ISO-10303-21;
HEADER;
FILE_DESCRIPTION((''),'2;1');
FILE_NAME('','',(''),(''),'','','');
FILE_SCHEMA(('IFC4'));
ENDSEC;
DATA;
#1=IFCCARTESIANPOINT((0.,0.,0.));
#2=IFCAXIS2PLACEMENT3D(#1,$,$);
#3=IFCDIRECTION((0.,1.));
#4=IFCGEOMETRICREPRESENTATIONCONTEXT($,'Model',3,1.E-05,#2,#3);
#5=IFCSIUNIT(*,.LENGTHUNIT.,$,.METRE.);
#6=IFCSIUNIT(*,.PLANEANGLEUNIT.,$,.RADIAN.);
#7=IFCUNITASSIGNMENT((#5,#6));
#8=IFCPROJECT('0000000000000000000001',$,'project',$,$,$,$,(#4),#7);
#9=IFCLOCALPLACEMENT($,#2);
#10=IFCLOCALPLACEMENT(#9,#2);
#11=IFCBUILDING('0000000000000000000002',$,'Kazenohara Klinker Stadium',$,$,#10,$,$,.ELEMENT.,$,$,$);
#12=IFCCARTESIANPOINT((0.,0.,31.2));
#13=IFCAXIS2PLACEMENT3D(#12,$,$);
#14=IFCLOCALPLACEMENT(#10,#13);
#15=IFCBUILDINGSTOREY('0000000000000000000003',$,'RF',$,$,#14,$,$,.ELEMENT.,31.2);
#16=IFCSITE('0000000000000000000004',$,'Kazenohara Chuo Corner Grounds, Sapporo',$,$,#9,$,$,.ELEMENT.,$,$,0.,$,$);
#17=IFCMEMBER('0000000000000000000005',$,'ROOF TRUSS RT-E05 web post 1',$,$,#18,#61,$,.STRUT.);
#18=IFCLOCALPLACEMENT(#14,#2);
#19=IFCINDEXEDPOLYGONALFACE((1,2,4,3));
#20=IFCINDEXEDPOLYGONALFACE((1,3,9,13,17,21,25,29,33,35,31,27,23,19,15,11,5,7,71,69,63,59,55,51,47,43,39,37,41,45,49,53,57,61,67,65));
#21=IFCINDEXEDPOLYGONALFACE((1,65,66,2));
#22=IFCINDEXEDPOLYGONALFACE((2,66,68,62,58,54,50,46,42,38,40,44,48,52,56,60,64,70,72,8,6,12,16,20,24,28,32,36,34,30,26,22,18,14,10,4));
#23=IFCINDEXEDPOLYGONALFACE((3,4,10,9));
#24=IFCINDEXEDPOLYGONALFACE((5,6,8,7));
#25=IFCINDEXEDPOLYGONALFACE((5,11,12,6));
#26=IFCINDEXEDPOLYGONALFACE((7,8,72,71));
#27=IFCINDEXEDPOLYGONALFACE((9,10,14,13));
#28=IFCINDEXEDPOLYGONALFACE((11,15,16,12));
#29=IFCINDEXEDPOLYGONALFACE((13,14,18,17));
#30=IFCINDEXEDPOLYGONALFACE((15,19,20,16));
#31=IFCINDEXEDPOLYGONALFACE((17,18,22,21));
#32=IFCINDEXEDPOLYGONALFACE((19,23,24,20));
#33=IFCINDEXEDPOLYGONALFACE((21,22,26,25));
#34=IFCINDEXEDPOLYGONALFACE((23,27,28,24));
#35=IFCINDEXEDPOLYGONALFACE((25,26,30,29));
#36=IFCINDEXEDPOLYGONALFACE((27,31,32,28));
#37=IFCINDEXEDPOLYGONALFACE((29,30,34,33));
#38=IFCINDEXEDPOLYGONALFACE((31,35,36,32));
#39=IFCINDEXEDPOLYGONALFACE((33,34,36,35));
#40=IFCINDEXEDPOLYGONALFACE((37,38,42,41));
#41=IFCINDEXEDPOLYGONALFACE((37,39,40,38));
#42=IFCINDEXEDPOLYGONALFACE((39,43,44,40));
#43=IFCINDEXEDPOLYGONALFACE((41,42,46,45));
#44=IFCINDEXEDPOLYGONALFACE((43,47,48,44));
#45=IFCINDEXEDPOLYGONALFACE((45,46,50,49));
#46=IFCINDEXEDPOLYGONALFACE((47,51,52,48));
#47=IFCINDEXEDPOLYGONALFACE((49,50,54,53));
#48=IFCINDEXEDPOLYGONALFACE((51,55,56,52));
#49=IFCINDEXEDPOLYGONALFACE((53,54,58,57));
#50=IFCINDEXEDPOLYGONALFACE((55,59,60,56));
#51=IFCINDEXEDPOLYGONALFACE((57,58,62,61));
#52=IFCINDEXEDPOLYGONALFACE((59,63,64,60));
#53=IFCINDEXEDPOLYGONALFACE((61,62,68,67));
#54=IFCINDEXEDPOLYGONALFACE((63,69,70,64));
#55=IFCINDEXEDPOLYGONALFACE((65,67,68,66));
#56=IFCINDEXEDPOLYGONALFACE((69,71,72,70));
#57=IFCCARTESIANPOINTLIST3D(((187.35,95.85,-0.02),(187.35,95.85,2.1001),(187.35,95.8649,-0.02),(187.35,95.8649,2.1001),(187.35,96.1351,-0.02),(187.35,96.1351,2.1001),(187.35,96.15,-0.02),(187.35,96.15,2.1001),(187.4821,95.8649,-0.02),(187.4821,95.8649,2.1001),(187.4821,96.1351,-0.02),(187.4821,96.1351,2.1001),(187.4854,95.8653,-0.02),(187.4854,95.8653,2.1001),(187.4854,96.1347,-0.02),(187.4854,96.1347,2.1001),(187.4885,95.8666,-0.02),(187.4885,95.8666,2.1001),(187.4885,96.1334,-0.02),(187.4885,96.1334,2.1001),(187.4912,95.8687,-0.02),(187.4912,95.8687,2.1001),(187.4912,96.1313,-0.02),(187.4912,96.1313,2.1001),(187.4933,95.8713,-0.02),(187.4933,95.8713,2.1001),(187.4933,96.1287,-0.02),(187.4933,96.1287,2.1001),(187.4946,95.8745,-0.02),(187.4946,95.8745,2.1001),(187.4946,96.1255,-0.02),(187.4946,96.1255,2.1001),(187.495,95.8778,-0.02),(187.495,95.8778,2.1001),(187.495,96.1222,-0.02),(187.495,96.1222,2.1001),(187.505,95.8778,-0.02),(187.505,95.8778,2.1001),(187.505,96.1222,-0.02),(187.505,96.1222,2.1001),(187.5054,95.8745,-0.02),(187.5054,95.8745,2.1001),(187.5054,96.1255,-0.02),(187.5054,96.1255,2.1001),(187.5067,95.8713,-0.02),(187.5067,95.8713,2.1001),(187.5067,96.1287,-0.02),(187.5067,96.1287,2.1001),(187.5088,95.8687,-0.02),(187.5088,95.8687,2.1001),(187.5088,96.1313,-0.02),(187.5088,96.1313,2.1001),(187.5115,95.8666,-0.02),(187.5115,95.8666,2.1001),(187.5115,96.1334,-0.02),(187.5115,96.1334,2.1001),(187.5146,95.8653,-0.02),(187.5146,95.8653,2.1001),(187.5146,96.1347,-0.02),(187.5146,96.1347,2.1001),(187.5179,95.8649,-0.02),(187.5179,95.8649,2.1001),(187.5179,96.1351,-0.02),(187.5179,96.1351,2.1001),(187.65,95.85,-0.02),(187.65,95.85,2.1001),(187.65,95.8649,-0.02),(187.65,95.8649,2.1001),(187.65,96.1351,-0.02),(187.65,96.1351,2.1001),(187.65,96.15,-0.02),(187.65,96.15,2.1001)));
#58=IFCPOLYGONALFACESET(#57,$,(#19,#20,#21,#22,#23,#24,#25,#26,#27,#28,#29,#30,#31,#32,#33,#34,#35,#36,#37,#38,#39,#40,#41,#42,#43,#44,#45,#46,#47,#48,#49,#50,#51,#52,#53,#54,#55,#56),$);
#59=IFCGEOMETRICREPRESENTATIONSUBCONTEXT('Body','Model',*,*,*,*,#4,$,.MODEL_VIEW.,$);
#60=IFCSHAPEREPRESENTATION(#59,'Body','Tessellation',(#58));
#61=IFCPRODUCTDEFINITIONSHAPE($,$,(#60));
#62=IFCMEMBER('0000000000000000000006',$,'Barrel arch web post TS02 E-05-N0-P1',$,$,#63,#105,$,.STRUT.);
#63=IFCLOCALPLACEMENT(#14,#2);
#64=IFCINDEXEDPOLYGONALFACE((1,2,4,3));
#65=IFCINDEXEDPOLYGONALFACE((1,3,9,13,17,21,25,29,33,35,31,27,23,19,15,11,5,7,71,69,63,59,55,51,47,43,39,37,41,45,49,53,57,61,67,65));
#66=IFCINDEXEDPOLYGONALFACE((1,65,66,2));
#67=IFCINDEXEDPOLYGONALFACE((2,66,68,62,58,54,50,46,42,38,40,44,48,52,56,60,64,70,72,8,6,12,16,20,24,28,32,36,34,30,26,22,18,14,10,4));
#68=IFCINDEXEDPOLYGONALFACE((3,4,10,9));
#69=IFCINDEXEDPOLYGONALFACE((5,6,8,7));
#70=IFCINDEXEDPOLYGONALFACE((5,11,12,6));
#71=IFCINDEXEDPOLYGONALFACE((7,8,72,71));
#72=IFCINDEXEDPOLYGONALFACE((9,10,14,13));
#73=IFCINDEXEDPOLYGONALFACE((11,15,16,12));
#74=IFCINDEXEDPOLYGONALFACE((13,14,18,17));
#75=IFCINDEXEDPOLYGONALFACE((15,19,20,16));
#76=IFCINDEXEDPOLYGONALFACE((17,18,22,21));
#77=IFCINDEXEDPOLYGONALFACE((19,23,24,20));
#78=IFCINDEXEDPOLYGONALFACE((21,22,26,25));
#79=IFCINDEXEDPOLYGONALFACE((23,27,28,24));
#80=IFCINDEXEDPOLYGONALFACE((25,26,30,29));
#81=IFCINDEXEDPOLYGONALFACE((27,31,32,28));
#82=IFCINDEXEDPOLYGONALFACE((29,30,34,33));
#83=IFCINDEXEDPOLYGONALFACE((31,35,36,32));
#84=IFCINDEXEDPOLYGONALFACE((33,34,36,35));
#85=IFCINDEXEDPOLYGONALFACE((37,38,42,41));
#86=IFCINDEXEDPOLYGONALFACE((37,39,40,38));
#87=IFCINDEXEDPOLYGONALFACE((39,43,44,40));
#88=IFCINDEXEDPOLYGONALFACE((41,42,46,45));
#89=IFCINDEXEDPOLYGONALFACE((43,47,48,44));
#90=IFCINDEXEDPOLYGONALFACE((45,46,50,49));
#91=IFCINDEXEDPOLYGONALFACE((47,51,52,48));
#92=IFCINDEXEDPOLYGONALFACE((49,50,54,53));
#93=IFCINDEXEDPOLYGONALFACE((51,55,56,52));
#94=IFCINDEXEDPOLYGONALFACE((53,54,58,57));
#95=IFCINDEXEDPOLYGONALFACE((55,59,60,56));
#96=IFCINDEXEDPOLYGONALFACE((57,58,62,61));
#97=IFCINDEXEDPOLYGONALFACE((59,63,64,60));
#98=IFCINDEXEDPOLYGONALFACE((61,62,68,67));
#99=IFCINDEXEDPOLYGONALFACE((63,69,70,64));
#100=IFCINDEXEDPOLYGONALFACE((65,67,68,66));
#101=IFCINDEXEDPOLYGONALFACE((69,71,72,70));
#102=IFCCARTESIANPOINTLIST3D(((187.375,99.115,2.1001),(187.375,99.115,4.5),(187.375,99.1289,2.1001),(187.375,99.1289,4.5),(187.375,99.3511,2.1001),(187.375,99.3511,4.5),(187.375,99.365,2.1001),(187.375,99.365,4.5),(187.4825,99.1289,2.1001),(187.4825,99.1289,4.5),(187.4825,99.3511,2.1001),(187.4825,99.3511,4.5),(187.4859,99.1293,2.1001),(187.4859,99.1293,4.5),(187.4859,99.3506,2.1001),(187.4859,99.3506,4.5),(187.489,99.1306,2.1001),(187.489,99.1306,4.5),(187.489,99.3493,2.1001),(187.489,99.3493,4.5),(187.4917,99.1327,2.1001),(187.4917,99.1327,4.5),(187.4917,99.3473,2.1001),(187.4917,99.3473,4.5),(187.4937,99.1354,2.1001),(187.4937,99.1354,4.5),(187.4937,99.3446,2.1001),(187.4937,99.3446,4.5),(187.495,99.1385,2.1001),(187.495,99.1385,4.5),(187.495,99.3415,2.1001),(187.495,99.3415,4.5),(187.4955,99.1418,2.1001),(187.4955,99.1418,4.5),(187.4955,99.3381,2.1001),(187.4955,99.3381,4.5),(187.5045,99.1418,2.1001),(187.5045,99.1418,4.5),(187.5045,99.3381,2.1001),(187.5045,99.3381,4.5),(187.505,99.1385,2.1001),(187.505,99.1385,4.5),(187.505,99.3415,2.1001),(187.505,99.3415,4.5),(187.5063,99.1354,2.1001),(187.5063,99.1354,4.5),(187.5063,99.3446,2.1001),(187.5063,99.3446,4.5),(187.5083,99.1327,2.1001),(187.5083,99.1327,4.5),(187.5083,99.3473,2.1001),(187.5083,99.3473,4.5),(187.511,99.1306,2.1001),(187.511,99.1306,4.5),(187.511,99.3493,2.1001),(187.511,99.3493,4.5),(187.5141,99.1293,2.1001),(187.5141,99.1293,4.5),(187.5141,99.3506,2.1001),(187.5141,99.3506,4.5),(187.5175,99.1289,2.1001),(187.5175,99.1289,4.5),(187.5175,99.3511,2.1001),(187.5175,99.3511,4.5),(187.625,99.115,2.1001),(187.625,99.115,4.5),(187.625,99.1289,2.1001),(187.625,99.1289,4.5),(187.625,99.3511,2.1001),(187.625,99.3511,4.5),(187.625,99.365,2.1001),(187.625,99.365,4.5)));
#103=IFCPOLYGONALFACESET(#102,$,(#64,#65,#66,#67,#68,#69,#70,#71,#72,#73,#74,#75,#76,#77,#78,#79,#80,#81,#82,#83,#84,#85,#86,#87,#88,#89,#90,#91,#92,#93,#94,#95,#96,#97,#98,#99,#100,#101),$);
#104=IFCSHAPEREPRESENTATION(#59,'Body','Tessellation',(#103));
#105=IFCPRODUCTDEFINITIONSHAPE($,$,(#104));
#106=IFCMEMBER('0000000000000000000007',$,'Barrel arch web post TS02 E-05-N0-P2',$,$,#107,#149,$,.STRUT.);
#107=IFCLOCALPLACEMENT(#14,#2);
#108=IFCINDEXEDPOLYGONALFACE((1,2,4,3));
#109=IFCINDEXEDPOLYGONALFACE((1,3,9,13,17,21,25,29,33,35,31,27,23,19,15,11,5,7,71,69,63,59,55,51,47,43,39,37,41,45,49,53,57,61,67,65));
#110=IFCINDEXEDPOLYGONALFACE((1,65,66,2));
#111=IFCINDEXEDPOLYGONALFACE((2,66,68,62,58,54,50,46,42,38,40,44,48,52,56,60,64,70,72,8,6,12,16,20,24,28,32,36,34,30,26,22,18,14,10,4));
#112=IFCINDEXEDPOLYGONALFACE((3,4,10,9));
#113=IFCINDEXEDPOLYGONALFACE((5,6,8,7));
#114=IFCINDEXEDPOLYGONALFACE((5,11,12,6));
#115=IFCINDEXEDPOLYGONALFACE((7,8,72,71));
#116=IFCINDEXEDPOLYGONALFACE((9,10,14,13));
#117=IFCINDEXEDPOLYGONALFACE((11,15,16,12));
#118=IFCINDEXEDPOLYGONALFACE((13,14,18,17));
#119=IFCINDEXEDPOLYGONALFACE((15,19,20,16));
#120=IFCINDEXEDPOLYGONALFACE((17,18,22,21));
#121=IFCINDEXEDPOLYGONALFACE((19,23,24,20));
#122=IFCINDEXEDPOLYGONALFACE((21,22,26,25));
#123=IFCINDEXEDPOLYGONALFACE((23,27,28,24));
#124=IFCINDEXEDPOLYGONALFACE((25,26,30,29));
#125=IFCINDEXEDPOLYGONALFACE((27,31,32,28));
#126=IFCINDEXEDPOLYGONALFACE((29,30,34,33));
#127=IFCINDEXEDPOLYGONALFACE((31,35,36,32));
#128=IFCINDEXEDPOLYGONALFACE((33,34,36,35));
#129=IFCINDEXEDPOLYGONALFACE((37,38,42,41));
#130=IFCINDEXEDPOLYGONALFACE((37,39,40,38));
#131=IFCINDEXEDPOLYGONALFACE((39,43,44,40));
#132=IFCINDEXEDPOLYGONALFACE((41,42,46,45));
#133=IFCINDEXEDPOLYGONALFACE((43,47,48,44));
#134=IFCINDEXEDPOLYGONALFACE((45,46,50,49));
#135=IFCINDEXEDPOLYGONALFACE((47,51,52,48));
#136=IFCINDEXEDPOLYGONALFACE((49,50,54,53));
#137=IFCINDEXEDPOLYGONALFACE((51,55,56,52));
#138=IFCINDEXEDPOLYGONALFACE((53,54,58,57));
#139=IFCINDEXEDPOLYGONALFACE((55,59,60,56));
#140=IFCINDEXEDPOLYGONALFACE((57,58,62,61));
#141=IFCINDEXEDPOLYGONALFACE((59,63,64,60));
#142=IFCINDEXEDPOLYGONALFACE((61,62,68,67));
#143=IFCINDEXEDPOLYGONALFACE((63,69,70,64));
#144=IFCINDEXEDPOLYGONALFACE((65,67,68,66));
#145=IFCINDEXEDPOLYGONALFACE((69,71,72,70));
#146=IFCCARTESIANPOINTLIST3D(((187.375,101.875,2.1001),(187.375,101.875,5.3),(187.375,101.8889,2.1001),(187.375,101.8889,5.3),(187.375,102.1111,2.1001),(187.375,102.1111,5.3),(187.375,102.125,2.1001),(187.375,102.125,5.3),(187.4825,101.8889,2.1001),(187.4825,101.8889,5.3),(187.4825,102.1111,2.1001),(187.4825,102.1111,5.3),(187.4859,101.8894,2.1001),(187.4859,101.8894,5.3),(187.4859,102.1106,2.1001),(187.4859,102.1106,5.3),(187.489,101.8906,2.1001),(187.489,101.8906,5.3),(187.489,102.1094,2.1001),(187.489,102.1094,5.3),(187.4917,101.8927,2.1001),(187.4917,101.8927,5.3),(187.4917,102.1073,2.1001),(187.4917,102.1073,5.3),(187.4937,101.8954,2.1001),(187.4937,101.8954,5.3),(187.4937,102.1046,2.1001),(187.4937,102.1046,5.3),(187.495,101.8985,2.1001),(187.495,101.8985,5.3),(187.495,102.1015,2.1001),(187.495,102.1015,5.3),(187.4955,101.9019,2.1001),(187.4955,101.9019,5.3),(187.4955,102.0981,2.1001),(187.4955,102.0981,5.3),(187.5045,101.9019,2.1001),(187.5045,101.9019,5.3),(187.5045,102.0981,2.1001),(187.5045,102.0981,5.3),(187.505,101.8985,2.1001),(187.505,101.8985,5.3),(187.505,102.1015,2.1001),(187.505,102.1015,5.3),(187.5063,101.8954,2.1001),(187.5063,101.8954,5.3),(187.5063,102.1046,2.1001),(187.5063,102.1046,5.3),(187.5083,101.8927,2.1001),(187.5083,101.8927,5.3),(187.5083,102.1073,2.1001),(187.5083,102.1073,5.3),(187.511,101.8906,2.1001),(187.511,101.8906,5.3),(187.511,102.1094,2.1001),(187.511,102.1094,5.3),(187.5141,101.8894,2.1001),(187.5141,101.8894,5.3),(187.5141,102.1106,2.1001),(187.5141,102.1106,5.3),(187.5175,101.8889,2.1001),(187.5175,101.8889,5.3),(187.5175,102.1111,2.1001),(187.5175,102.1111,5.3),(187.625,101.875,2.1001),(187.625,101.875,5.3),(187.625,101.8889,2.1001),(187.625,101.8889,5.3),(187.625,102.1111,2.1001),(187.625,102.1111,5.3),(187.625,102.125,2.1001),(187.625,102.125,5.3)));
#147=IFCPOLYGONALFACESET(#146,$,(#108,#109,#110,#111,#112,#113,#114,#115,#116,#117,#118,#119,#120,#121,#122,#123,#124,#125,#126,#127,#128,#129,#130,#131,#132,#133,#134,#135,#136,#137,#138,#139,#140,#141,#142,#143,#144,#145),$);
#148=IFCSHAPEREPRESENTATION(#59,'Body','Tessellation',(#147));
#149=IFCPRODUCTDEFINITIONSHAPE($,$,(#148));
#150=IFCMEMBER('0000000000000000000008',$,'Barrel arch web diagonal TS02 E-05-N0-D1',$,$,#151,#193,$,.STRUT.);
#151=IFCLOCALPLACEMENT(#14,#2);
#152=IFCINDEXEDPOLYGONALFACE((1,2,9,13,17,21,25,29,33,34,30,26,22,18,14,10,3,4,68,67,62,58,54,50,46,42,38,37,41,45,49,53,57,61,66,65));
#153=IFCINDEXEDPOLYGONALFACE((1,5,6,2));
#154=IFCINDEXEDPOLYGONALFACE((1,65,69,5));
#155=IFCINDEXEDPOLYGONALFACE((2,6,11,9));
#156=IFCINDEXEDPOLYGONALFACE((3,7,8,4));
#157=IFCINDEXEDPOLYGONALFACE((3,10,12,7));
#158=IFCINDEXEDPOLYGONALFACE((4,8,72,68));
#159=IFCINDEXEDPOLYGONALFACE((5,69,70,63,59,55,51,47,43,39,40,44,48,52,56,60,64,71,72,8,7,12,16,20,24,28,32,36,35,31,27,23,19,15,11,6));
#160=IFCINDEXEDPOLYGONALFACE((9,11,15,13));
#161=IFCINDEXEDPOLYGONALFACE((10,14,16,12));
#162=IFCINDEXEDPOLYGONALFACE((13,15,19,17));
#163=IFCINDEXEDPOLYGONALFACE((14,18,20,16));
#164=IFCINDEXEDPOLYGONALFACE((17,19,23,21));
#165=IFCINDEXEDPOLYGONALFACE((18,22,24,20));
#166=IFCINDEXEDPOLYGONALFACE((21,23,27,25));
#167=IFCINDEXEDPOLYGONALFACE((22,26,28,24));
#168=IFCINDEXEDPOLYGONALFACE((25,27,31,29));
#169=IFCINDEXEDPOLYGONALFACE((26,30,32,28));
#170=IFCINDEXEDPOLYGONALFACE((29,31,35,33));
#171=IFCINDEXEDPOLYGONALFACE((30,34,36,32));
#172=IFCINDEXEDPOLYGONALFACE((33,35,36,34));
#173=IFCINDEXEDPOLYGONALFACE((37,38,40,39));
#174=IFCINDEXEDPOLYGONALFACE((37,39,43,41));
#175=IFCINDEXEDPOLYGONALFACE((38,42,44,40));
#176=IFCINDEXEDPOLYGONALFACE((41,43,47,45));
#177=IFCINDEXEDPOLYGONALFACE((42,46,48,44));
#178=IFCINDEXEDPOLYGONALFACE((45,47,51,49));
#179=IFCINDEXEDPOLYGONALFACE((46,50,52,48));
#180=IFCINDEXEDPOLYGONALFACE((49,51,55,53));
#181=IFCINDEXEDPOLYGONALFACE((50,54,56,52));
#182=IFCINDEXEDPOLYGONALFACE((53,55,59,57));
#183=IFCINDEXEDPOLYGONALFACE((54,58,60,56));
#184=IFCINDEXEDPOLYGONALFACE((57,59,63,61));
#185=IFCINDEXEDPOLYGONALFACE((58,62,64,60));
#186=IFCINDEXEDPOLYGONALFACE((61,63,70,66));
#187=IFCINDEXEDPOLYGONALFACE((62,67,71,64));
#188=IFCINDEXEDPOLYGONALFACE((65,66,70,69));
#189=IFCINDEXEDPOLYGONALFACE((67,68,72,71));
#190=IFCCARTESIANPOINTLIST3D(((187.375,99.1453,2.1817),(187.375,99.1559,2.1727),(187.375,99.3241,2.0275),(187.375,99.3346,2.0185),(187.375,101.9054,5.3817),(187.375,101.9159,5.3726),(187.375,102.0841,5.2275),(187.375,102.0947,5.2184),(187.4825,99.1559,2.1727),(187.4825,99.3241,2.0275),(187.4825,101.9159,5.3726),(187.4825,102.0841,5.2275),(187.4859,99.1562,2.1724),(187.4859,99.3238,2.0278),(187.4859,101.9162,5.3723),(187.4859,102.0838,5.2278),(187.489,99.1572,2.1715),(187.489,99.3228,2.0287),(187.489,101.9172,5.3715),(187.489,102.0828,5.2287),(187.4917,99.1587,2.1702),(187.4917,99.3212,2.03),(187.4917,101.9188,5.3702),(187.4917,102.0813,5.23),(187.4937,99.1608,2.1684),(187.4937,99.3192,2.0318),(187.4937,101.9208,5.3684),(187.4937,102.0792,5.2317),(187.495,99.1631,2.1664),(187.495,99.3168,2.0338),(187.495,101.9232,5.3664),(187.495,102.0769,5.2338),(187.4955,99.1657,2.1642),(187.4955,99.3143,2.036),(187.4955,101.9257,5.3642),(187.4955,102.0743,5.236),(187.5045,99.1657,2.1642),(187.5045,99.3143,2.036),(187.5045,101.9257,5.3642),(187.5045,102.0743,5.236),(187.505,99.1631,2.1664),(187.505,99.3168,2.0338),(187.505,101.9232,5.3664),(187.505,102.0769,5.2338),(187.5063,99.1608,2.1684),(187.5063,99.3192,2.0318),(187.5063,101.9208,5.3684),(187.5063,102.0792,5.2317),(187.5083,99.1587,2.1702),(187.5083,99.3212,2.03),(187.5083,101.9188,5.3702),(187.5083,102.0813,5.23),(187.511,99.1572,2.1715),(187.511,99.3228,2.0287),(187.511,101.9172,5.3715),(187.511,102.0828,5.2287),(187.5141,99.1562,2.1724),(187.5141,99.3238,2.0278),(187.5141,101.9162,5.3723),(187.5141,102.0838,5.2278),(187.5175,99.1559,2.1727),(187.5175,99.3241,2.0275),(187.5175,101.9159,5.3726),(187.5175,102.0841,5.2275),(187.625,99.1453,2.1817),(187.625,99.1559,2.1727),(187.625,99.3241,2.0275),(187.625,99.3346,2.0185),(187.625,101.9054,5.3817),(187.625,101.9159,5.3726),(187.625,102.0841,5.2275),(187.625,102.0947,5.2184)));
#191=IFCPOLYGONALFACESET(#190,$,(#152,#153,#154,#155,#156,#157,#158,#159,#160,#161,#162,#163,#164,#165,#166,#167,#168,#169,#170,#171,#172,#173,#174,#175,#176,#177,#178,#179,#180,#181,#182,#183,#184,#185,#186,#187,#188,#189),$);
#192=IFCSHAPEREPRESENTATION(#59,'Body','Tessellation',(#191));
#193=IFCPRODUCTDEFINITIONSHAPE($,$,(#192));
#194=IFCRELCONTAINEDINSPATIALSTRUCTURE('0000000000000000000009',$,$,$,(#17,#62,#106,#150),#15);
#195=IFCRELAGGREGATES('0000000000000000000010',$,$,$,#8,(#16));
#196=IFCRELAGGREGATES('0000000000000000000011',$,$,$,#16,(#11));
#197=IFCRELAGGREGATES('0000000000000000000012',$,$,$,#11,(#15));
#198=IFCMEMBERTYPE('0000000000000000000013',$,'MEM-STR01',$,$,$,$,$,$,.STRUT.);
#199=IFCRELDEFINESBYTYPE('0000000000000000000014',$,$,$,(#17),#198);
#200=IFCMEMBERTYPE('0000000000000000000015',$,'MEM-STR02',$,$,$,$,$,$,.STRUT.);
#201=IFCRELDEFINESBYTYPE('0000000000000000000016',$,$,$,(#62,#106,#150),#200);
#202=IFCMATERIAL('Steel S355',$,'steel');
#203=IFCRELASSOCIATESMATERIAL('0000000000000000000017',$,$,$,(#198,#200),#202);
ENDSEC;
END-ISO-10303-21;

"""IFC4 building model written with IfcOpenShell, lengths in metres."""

from ifc_helpers import new_model, si_unit, direction, frame, origin, origin_2d, place, context, subcontext, project, spatial, i_section, extrude, material, material_profile, profile_set, type_object, element, save


model = new_model("IFC4")

# Units and contexts
model_context = context("Model", 3, precision=1e-05, world=origin(), true_north=direction((0.0, 1.0)))
body_context = subcontext(model_context, "Body", "Model", "MODEL_VIEW")
ifc_project = project(units=[si_unit("LENGTHUNIT", "METRE"), si_unit("PLANEANGLEUNIT", "RADIAN")], contexts=[model_context])

# Site, building, storey
site_placement = place(None, origin())
site = spatial("IfcSite", under=ifc_project, at=site_placement, Name="Kazenohara Chuo Corner Grounds, Sapporo", CompositionType="ELEMENT", RefElevation=0.0)
building_placement = place(site_placement, origin())
building = spatial("IfcBuilding", under=site, at=building_placement, Name="Kazenohara Klinker Stadium", CompositionType="ELEMENT")
storey_placement = place(building_placement, frame((0.0, 0.0, 31.2)))
storey = spatial("IfcBuildingStorey", under=building, at=storey_placement, Name="RF", CompositionType="ELEMENT", Elevation=31.2)

# Members
ifc_material_1 = material(Name="Steel S355", Category="steel")
ifc_material_profile_1 = material_profile(ifc_material_1, i_section(OverallWidth=0.3, OverallDepth=0.3, WebThickness=0.01, FlangeThickness=0.0149, FilletRadius=0.0129, at=origin_2d()), Name="H-300x300x10x15")
ifc_profile_set_1 = profile_set([ifc_material_profile_1], Name="Steel S355")
member_type_1 = type_object("IfcMemberType", Name="MEM-STR01", PredefinedType="STRUT", material=ifc_profile_set_1)
member_1_placement = place(storey_placement, frame((187.5, 96.0, -0.02), z_axis=(0.0, 0.0, 1.0), x_axis=(1.0, 0.0, 0.0)))
element("IfcMember", 1, at=member_1_placement, inside=storey, type_object=member_type_1, Name="ROOF TRUSS RT-E05 web post 1", PredefinedType="STRUT", context=body_context, shape_type="SweptSolid", body=[
    extrude(i_section(OverallWidth=0.3, OverallDepth=0.3, WebThickness=0.01, FlangeThickness=0.0149, FilletRadius=0.0129, at=origin_2d()), origin(), (0.0, 0.0, 1.0), 2.1201),
])
ifc_material_profile_2 = material_profile(ifc_material_1, i_section(OverallWidth=0.25, OverallDepth=0.25, WebThickness=0.009, FlangeThickness=0.0139, FilletRadius=0.0129, at=origin_2d()), Name="H-250x250x9x14")
ifc_profile_set_2 = profile_set([ifc_material_profile_2], Name="Steel S355")
member_type_2 = type_object("IfcMemberType", Name="MEM-STR02", PredefinedType="STRUT", material=ifc_profile_set_2)
member_2_placement = place(storey_placement, frame((187.5, 99.24, 2.1001), z_axis=(0.0, 0.0, 1.0), x_axis=(1.0, 0.0, 0.0)))
element("IfcMember", 2, at=member_2_placement, inside=storey, type_object=member_type_2, Name="Barrel arch web post TS02 E-05-N0-P1", PredefinedType="STRUT", context=body_context, shape_type="SweptSolid", body=[
    extrude(i_section(OverallWidth=0.25, OverallDepth=0.25, WebThickness=0.009, FlangeThickness=0.0139, FilletRadius=0.0129, at=origin_2d()), origin(), (0.0, 0.0, 1.0), 2.3999),
])
member_3_placement = place(storey_placement, frame((187.5, 102.0, 2.1001), z_axis=(0.0, 0.0, 1.0), x_axis=(1.0, 0.0, 0.0)))
element("IfcMember", 3, at=member_3_placement, inside=storey, type_object=member_type_2, Name="Barrel arch web post TS02 E-05-N0-P2", PredefinedType="STRUT", context=body_context, shape_type="SweptSolid", body=[
    extrude(i_section(OverallWidth=0.25, OverallDepth=0.25, WebThickness=0.009, FlangeThickness=0.0139, FilletRadius=0.0129, at=origin_2d()), origin(), (0.0, 0.0, 1.0), 3.2),
])
for number, where, z_axis, x_axis, name in (
    (4, (187.5, 99.24, 2.1001), (0.0, 0.653134, 0.757242), (-1.0, 0.0, 0.0), "Barrel arch web diagonal TS02 E-05-N0-D1"),
):
    element("IfcMember", number, at=place(storey_placement, frame(where, z_axis=z_axis, x_axis=x_axis)), inside=storey, type_object=member_type_2, Name=name, PredefinedType="STRUT", context=body_context, shape_type="SweptSolid", body=[
        extrude(i_section(OverallWidth=0.25, OverallDepth=0.25, WebThickness=0.009, FlangeThickness=0.0139, FilletRadius=0.0129, at=origin_2d()), origin(), (0.0, 0.0, 1.0), 4.2258),
    ])

save(model, "model.ifc")
